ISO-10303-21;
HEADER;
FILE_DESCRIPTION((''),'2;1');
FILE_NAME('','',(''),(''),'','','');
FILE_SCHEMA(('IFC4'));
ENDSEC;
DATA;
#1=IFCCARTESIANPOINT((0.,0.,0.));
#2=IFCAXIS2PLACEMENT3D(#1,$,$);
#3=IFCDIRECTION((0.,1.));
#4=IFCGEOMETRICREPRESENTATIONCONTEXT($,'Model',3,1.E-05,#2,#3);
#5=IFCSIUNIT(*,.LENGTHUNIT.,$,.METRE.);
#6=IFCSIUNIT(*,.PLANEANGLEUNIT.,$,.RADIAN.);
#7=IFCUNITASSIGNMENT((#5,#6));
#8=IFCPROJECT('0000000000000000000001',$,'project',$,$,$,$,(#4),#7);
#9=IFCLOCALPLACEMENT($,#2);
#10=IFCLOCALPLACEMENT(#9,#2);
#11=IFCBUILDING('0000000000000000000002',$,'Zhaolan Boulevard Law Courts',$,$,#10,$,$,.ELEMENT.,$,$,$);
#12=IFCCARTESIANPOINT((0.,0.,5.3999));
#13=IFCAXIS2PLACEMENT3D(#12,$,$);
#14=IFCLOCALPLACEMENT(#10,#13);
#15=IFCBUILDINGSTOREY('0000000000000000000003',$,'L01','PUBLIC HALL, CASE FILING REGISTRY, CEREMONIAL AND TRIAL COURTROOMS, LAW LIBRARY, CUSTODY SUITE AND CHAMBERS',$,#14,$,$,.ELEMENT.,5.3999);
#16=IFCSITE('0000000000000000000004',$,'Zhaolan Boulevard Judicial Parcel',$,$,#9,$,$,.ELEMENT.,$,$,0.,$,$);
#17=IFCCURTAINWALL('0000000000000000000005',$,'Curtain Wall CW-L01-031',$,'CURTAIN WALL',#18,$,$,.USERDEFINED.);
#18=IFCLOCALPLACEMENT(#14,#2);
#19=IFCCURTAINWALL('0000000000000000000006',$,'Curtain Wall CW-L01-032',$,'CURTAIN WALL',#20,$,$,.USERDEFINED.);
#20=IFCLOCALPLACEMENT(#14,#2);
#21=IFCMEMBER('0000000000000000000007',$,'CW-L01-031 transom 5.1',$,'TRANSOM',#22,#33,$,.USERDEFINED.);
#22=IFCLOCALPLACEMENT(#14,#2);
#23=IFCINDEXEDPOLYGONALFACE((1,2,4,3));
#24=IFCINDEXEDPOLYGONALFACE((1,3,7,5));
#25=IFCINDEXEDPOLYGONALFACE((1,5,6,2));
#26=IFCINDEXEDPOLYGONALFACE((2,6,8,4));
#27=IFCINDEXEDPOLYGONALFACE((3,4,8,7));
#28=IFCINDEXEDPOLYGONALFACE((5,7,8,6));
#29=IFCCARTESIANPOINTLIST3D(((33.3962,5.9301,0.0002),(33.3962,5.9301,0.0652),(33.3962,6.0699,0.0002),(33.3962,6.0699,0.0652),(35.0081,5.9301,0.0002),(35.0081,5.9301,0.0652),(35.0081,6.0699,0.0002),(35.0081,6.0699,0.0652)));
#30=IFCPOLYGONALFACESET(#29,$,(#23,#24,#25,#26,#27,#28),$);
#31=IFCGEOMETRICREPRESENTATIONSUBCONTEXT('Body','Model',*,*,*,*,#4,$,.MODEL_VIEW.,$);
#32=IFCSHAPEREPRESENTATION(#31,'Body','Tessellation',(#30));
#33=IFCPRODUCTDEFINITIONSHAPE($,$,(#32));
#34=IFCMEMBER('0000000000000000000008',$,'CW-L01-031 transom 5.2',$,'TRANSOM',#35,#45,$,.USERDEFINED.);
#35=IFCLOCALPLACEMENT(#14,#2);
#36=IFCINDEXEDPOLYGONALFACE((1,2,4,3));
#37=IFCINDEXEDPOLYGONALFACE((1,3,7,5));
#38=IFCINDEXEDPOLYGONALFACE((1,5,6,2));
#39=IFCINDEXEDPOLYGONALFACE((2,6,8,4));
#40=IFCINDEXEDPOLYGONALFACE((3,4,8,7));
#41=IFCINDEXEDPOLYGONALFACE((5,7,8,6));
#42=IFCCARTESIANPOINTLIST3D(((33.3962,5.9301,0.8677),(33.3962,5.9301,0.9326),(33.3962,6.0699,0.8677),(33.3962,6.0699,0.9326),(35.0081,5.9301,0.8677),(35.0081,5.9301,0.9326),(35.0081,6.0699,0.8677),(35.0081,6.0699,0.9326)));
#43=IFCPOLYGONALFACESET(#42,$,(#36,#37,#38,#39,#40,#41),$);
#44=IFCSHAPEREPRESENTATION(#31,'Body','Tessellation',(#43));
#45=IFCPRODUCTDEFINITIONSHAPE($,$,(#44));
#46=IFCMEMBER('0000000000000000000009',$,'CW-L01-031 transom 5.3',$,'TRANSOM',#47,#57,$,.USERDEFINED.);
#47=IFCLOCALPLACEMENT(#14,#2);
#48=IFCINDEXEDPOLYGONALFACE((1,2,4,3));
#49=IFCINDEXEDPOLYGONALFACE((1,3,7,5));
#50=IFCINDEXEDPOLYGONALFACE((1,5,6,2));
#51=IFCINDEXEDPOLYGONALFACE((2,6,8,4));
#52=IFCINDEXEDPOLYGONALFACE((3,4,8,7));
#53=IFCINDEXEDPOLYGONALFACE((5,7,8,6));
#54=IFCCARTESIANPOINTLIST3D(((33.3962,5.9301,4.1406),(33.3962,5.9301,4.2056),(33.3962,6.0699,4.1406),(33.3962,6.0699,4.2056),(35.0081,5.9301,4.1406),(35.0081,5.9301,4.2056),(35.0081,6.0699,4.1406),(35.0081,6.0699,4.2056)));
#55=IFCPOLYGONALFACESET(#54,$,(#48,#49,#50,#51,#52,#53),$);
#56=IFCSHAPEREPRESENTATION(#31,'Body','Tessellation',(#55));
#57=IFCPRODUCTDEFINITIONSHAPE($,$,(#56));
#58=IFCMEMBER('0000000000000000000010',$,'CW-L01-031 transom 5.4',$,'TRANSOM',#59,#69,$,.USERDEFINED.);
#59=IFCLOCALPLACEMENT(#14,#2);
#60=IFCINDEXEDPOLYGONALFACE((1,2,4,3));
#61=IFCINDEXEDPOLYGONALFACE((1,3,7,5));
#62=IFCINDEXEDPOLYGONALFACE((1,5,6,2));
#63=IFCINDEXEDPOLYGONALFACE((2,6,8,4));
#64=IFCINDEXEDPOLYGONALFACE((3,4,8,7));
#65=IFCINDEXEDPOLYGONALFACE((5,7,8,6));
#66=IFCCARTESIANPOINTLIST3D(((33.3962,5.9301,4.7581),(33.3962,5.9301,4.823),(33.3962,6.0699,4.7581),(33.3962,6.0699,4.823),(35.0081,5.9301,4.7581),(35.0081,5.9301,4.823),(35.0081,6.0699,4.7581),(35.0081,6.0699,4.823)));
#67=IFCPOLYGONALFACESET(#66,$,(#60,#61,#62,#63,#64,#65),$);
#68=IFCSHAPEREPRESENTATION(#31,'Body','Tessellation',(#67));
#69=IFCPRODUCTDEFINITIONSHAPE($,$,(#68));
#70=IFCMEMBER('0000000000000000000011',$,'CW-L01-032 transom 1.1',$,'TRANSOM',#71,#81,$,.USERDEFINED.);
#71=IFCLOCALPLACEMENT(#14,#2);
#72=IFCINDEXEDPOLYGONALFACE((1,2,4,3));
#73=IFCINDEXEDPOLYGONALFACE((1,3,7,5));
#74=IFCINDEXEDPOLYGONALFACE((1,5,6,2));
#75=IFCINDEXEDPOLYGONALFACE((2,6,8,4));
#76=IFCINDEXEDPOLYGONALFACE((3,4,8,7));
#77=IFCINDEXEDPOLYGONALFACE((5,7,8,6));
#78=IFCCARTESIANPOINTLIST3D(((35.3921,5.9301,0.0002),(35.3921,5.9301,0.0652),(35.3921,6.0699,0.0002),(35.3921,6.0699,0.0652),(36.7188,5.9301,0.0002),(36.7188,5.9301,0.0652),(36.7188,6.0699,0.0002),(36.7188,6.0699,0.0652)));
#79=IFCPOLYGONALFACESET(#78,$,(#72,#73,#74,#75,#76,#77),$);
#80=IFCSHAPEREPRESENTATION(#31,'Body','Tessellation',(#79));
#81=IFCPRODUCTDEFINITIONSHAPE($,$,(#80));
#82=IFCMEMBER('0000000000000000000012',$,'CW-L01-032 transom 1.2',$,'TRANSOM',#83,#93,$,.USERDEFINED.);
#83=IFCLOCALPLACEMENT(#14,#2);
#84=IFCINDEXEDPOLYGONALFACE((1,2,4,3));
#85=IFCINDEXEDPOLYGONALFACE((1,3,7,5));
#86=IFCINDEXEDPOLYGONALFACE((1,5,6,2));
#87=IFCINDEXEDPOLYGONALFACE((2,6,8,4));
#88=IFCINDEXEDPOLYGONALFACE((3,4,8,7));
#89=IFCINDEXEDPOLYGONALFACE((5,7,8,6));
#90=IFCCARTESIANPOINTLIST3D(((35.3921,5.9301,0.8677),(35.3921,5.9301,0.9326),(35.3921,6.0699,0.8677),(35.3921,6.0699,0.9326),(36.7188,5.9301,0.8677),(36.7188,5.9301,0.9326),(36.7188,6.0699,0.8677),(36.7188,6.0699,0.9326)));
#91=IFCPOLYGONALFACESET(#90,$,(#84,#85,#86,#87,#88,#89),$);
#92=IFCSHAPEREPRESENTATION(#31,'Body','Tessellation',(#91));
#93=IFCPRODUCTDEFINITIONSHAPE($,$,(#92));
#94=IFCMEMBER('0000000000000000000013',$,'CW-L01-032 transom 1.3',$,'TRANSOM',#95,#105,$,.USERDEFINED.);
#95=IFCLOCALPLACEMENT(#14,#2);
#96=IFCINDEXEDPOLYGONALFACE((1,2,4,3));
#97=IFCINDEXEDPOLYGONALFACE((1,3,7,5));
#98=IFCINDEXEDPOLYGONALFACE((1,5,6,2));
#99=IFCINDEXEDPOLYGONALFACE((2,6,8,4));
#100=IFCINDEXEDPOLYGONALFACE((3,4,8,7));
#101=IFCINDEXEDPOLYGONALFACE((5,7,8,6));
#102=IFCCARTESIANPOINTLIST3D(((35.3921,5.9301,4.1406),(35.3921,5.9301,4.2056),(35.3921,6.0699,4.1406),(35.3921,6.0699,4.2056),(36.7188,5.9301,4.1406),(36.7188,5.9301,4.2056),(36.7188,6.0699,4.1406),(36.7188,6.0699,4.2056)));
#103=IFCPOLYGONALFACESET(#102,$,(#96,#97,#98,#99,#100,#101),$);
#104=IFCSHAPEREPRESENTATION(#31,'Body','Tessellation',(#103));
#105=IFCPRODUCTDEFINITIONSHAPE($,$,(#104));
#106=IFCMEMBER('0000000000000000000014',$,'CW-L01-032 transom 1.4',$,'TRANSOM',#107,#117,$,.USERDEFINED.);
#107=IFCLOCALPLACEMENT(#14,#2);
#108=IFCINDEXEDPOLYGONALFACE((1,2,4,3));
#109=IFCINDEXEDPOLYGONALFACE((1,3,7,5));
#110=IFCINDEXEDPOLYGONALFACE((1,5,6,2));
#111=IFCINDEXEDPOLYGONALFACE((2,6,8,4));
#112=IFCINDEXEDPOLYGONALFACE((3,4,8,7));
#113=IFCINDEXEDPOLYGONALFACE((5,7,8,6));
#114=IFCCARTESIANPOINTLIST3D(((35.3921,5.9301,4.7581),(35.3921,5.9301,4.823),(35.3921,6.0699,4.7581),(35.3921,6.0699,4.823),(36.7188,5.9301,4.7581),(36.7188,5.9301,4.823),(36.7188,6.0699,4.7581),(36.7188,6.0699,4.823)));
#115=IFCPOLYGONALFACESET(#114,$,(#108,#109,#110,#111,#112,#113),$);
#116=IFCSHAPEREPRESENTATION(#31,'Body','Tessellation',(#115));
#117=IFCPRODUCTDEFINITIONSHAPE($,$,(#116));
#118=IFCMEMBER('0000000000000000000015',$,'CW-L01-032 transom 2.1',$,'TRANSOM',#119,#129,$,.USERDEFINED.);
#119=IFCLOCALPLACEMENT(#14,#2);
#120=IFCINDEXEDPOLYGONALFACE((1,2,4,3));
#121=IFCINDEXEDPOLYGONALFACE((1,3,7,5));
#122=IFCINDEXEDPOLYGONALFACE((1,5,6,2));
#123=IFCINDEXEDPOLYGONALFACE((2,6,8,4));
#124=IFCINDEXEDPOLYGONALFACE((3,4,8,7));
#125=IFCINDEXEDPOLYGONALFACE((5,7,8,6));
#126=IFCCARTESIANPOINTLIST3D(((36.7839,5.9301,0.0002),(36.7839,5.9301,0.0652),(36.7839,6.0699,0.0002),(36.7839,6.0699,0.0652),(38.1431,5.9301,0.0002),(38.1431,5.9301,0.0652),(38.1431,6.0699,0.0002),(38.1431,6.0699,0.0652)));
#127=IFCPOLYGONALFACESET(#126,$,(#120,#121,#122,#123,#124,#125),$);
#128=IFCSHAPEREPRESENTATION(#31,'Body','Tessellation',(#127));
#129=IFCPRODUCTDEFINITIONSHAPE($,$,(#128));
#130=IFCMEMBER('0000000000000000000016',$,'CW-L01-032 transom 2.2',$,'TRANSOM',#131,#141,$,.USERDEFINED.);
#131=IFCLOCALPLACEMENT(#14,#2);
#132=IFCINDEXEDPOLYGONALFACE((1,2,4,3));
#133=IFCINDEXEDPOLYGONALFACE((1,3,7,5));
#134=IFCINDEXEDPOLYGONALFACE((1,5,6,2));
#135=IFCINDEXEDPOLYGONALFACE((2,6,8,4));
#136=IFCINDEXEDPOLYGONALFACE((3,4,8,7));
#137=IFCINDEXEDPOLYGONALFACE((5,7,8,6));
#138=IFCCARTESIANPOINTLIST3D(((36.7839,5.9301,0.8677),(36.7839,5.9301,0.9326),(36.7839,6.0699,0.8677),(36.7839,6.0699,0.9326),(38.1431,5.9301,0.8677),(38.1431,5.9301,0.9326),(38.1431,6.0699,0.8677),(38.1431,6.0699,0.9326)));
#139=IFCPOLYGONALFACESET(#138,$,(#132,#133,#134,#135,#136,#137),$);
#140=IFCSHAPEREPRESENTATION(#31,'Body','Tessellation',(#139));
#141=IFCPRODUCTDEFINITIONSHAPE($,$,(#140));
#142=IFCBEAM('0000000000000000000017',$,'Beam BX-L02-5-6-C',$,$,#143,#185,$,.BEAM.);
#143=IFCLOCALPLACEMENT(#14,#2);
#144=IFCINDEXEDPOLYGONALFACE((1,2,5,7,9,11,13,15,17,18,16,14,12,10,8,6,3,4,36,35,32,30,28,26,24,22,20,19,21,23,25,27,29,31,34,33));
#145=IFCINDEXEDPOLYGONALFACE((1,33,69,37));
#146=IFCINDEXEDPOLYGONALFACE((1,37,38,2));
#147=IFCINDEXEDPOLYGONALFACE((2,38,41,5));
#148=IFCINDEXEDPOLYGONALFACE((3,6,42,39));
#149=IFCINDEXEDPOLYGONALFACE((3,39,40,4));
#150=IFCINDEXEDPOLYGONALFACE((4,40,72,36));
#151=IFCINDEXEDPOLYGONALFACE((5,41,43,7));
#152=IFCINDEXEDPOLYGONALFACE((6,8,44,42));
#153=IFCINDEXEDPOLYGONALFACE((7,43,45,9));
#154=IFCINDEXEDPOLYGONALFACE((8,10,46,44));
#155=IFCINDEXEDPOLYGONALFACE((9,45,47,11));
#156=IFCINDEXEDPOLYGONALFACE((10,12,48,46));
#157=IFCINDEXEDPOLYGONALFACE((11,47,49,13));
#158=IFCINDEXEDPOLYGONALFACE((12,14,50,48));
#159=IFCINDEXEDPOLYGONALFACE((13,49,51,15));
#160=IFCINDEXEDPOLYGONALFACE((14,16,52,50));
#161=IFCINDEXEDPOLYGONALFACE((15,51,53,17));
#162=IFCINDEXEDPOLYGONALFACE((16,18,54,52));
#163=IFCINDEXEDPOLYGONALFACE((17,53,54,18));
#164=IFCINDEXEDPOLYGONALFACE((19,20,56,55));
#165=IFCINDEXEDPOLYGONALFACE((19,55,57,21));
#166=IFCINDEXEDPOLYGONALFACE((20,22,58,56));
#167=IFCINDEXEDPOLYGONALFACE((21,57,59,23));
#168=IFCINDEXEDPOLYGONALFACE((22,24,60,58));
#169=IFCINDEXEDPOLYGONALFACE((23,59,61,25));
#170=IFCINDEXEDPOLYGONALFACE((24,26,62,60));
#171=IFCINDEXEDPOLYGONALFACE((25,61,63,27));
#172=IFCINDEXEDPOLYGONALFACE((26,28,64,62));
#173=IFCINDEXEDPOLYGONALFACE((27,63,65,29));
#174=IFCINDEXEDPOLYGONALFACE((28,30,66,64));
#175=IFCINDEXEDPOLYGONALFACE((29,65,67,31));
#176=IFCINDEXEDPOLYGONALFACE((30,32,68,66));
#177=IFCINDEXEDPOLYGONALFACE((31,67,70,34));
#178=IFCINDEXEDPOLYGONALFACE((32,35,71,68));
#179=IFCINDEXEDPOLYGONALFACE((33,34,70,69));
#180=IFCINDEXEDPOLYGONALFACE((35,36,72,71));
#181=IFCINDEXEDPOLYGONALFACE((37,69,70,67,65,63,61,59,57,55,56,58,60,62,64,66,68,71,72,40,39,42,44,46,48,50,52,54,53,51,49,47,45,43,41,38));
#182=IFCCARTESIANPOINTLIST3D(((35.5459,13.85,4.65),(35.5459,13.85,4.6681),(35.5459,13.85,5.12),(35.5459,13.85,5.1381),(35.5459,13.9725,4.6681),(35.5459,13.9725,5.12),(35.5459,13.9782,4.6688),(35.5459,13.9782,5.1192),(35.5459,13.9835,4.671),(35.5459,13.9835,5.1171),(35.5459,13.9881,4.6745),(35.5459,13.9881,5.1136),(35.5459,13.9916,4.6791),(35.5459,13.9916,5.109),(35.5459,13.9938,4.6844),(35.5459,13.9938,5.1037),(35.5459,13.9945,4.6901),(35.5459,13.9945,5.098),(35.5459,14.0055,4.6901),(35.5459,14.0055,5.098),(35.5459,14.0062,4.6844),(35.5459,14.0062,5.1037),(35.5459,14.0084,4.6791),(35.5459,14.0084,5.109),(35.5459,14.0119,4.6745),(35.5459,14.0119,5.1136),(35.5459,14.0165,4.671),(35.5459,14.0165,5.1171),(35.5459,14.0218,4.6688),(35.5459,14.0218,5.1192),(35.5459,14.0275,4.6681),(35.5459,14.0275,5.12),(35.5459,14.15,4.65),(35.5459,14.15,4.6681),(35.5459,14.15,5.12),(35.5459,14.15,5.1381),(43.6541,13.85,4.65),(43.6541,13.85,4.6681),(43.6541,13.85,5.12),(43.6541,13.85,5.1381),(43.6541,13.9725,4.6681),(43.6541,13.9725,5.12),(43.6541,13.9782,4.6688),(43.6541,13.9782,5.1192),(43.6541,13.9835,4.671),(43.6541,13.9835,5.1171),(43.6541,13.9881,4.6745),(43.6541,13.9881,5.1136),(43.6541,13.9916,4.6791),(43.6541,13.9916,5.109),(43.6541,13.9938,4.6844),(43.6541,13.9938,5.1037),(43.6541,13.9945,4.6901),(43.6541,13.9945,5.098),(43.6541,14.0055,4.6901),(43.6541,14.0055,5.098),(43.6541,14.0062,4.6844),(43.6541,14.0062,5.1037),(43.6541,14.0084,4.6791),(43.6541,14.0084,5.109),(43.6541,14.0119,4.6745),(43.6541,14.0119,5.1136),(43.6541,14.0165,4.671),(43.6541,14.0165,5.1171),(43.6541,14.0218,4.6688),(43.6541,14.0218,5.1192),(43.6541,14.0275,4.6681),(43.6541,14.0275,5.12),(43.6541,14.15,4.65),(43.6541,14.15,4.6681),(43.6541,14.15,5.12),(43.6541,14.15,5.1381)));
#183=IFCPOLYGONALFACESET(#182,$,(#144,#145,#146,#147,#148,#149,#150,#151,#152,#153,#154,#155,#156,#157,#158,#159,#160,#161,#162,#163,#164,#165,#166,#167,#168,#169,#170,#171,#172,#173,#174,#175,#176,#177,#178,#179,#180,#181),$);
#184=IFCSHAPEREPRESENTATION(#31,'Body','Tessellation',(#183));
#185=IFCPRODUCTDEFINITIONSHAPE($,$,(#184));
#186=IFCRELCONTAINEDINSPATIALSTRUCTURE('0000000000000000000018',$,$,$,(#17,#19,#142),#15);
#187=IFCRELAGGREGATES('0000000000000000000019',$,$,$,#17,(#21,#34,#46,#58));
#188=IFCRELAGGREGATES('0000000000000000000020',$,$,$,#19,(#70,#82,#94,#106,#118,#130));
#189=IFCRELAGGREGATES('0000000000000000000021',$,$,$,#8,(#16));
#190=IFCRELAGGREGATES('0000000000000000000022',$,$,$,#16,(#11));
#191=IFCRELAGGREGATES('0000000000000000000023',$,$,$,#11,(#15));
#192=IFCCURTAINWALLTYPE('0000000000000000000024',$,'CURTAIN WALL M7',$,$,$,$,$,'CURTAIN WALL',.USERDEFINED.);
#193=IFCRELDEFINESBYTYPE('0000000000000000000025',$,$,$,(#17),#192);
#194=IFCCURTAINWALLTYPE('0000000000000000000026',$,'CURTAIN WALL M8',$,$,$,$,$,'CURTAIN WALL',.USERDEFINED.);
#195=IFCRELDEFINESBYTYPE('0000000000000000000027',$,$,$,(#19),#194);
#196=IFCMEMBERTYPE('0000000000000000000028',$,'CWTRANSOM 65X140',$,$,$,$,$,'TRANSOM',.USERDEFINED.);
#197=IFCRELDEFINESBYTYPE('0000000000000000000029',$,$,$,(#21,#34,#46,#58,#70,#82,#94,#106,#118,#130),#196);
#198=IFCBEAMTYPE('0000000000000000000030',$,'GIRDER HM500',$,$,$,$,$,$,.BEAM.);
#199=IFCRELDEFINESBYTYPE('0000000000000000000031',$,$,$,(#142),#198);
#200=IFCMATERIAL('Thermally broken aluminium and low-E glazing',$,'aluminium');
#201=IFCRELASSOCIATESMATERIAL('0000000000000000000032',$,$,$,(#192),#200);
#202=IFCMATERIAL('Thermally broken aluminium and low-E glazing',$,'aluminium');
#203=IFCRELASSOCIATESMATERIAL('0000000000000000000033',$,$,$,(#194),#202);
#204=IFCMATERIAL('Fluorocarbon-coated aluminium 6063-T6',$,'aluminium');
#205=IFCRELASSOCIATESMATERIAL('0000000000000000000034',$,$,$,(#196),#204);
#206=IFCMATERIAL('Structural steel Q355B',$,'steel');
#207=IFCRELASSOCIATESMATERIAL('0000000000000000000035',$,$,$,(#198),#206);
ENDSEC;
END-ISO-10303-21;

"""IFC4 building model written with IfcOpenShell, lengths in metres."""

from ifc_helpers import new_model, si_unit, direction, frame, origin, origin_2d, place, context, subcontext, project, spatial, rectangle, i_section, extrude, material, material_profile, profile_set, type_object, element, aggregate, save


model = new_model("IFC4")

# Units and contexts
model_context = context("Model", 3, precision=1e-05, world=origin(), true_north=direction((0.0, 1.0)))
body_context = subcontext(model_context, "Body", "Model", "MODEL_VIEW")
ifc_project = project(units=[si_unit("LENGTHUNIT", "METRE"), si_unit("PLANEANGLEUNIT", "RADIAN")], contexts=[model_context])

# Site, building, storey
site_placement = place(None, origin())
site = spatial("IfcSite", under=ifc_project, at=site_placement, Name="Zhaolan Boulevard Judicial Parcel", CompositionType="ELEMENT", RefElevation=0.0)
building_placement = place(site_placement, origin())
building = spatial("IfcBuilding", under=site, at=building_placement, Name="Zhaolan Boulevard Law Courts", CompositionType="ELEMENT")
storey_placement = place(building_placement, frame((0.0, 0.0, 5.3999)))
storey = spatial("IfcBuildingStorey", under=building, at=storey_placement, Name="L01", Description="PUBLIC HALL, CASE FILING REGISTRY, CEREMONIAL AND TRIAL COURTROOMS, LAW LIBRARY, CUSTODY SUITE AND CHAMBERS", CompositionType="ELEMENT", Elevation=5.3999)

# Curtain walls
ifc_material_1 = material(Name="Thermally broken aluminium and low-E glazing", Category="aluminium")
curtain_wall_type_1 = type_object("IfcCurtainWallType", Name="CURTAIN WALL M7", ElementType="CURTAIN WALL", PredefinedType="USERDEFINED", material=ifc_material_1)
curtain_wall_1_placement = place(storey_placement, origin())
curtain_wall_1 = element("IfcCurtainWall", 1, at=curtain_wall_1_placement, inside=storey, type_object=curtain_wall_type_1, Name="Curtain Wall CW-L01-031", ObjectType="CURTAIN WALL", PredefinedType="USERDEFINED")
ifc_material_2 = material(Name="Thermally broken aluminium and low-E glazing", Category="aluminium")
curtain_wall_type_2 = type_object("IfcCurtainWallType", Name="CURTAIN WALL M8", ElementType="CURTAIN WALL", PredefinedType="USERDEFINED", material=ifc_material_2)
curtain_wall_2_placement = place(storey_placement, origin())
curtain_wall_2 = element("IfcCurtainWall", 2, at=curtain_wall_2_placement, inside=storey, type_object=curtain_wall_type_2, Name="Curtain Wall CW-L01-032", ObjectType="CURTAIN WALL", PredefinedType="USERDEFINED")

# Members
ifc_material_3 = material(Name="Fluorocarbon-coated aluminium 6063-T6", Category="aluminium")
ifc_material_profile_1 = material_profile(ifc_material_3, rectangle(XDim=0.1399, YDim=0.0649, at=origin_2d()), Name="AL65x140")
ifc_profile_set_1 = profile_set([ifc_material_profile_1], Name="Fluorocarbon-coated aluminium 6063-T6")
member_type_1 = type_object("IfcMemberType", Name="CWTRANSOM 65X140", ElementType="TRANSOM", PredefinedType="USERDEFINED", material=ifc_profile_set_1)
member_1_placement = place(storey_placement, frame((33.3962, 6.0, 0.0327), z_axis=(1.0, 0.0, 0.0), x_axis=(0.0, 1.0, 0.0)))
member_1 = element("IfcMember", 3, at=member_1_placement, type_object=member_type_1, Name="CW-L01-031 transom 5.1", ObjectType="TRANSOM", PredefinedType="USERDEFINED", context=body_context, shape_type="SweptSolid", body=[
    extrude(rectangle(XDim=0.1399, YDim=0.0649, at=origin_2d()), origin(), (0.0, 0.0, 1.0), 1.6118),
])
member_2_placement = place(storey_placement, frame((33.3962, 6.0, 0.9001), z_axis=(1.0, 0.0, 0.0), x_axis=(0.0, 1.0, 0.0)))
member_2 = element("IfcMember", 4, at=member_2_placement, type_object=member_type_1, Name="CW-L01-031 transom 5.2", ObjectType="TRANSOM", PredefinedType="USERDEFINED", context=body_context, shape_type="SweptSolid", body=[
    extrude(rectangle(XDim=0.1399, YDim=0.0649, at=origin_2d()), origin(), (0.0, 0.0, 1.0), 1.6118),
])
member_3_placement = place(storey_placement, frame((33.3962, 6.0, 4.1731), z_axis=(1.0, 0.0, 0.0), x_axis=(0.0, 1.0, 0.0)))
member_3 = element("IfcMember", 5, at=member_3_placement, type_object=member_type_1, Name="CW-L01-031 transom 5.3", ObjectType="TRANSOM", PredefinedType="USERDEFINED", context=body_context, shape_type="SweptSolid", body=[
    extrude(rectangle(XDim=0.1399, YDim=0.0649, at=origin_2d()), origin(), (0.0, 0.0, 1.0), 1.6118),
])
member_4_placement = place(storey_placement, frame((33.3962, 6.0, 4.7905), z_axis=(1.0, 0.0, 0.0), x_axis=(0.0, 1.0, 0.0)))
member_4 = element("IfcMember", 6, at=member_4_placement, type_object=member_type_1, Name="CW-L01-031 transom 5.4", ObjectType="TRANSOM", PredefinedType="USERDEFINED", context=body_context, shape_type="SweptSolid", body=[
    extrude(rectangle(XDim=0.1399, YDim=0.0649, at=origin_2d()), origin(), (0.0, 0.0, 1.0), 1.6118),
])
member_5_placement = place(storey_placement, frame((35.3921, 6.0, 0.0327), z_axis=(1.0, 0.0, 0.0), x_axis=(0.0, 1.0, 0.0)))
member_5 = element("IfcMember", 7, at=member_5_placement, type_object=member_type_1, Name="CW-L01-032 transom 1.1", ObjectType="TRANSOM", PredefinedType="USERDEFINED", context=body_context, shape_type="SweptSolid", body=[
    extrude(rectangle(XDim=0.1399, YDim=0.0649, at=origin_2d()), origin(), (0.0, 0.0, 1.0), 1.3267),
])
member_6_placement = place(storey_placement, frame((35.3921, 6.0, 0.9001), z_axis=(1.0, 0.0, 0.0), x_axis=(0.0, 1.0, 0.0)))
member_6 = element("IfcMember", 8, at=member_6_placement, type_object=member_type_1, Name="CW-L01-032 transom 1.2", ObjectType="TRANSOM", PredefinedType="USERDEFINED", context=body_context, shape_type="SweptSolid", body=[
    extrude(rectangle(XDim=0.1399, YDim=0.0649, at=origin_2d()), origin(), (0.0, 0.0, 1.0), 1.3267),
])
member_7_placement = place(storey_placement, frame((35.3921, 6.0, 4.1731), z_axis=(1.0, 0.0, 0.0), x_axis=(0.0, 1.0, 0.0)))
member_7 = element("IfcMember", 9, at=member_7_placement, type_object=member_type_1, Name="CW-L01-032 transom 1.3", ObjectType="TRANSOM", PredefinedType="USERDEFINED", context=body_context, shape_type="SweptSolid", body=[
    extrude(rectangle(XDim=0.1399, YDim=0.0649, at=origin_2d()), origin(), (0.0, 0.0, 1.0), 1.3267),
])
member_8_placement = place(storey_placement, frame((35.3921, 6.0, 4.7905), z_axis=(1.0, 0.0, 0.0), x_axis=(0.0, 1.0, 0.0)))
member_8 = element("IfcMember", 10, at=member_8_placement, type_object=member_type_1, Name="CW-L01-032 transom 1.4", ObjectType="TRANSOM", PredefinedType="USERDEFINED", context=body_context, shape_type="SweptSolid", body=[
    extrude(rectangle(XDim=0.1399, YDim=0.0649, at=origin_2d()), origin(), (0.0, 0.0, 1.0), 1.3267),
])
member_9_placement = place(storey_placement, frame((36.7839, 6.0, 0.0327), z_axis=(1.0, 0.0, 0.0), x_axis=(0.0, 1.0, 0.0)))
member_9 = element("IfcMember", 11, at=member_9_placement, type_object=member_type_1, Name="CW-L01-032 transom 2.1", ObjectType="TRANSOM", PredefinedType="USERDEFINED", context=body_context, shape_type="SweptSolid", body=[
    extrude(rectangle(XDim=0.1399, YDim=0.0649, at=origin_2d()), origin(), (0.0, 0.0, 1.0), 1.3591),
])
member_10_placement = place(storey_placement, frame((36.7839, 6.0, 0.9001), z_axis=(1.0, 0.0, 0.0), x_axis=(0.0, 1.0, 0.0)))
member_10 = element("IfcMember", 12, at=member_10_placement, type_object=member_type_1, Name="CW-L01-032 transom 2.2", ObjectType="TRANSOM", PredefinedType="USERDEFINED", context=body_context, shape_type="SweptSolid", body=[
    extrude(rectangle(XDim=0.1399, YDim=0.0649, at=origin_2d()), origin(), (0.0, 0.0, 1.0), 1.3591),
])

# Beam
ifc_material_4 = material(Name="Structural steel Q355B", Category="steel")
ifc_material_profile_2 = material_profile(ifc_material_4, i_section(OverallWidth=0.3, OverallDepth=0.488, WebThickness=0.011, FlangeThickness=0.0181, FilletRadius=0.022, at=origin_2d()), Name="HM488x300")
ifc_profile_set_2 = profile_set([ifc_material_profile_2], Name="Structural steel Q355B")
beam_type_1 = type_object("IfcBeamType", Name="GIRDER HM500", PredefinedType="BEAM", material=ifc_profile_set_2)
beam_1_placement = place(storey_placement, frame((35.5459, 14.0, 4.894), z_axis=(1.0, 0.0, 0.0), x_axis=(0.0, 1.0, 0.0)))
element("IfcBeam", 13, at=beam_1_placement, inside=storey, type_object=beam_type_1, Name="Beam BX-L02-5-6-C", PredefinedType="BEAM", context=body_context, shape_type="SweptSolid", body=[
    extrude(i_section(OverallWidth=0.3, OverallDepth=0.488, WebThickness=0.011, FlangeThickness=0.0181, FilletRadius=0.022, at=origin_2d()), origin(), (0.0, 0.0, 1.0), 8.1082),
])

aggregate(curtain_wall_1, [member_1, member_2, member_3, member_4])
aggregate(curtain_wall_2, [member_5, member_6, member_7, member_8, member_9, member_10])

save(model, "model.ifc")
